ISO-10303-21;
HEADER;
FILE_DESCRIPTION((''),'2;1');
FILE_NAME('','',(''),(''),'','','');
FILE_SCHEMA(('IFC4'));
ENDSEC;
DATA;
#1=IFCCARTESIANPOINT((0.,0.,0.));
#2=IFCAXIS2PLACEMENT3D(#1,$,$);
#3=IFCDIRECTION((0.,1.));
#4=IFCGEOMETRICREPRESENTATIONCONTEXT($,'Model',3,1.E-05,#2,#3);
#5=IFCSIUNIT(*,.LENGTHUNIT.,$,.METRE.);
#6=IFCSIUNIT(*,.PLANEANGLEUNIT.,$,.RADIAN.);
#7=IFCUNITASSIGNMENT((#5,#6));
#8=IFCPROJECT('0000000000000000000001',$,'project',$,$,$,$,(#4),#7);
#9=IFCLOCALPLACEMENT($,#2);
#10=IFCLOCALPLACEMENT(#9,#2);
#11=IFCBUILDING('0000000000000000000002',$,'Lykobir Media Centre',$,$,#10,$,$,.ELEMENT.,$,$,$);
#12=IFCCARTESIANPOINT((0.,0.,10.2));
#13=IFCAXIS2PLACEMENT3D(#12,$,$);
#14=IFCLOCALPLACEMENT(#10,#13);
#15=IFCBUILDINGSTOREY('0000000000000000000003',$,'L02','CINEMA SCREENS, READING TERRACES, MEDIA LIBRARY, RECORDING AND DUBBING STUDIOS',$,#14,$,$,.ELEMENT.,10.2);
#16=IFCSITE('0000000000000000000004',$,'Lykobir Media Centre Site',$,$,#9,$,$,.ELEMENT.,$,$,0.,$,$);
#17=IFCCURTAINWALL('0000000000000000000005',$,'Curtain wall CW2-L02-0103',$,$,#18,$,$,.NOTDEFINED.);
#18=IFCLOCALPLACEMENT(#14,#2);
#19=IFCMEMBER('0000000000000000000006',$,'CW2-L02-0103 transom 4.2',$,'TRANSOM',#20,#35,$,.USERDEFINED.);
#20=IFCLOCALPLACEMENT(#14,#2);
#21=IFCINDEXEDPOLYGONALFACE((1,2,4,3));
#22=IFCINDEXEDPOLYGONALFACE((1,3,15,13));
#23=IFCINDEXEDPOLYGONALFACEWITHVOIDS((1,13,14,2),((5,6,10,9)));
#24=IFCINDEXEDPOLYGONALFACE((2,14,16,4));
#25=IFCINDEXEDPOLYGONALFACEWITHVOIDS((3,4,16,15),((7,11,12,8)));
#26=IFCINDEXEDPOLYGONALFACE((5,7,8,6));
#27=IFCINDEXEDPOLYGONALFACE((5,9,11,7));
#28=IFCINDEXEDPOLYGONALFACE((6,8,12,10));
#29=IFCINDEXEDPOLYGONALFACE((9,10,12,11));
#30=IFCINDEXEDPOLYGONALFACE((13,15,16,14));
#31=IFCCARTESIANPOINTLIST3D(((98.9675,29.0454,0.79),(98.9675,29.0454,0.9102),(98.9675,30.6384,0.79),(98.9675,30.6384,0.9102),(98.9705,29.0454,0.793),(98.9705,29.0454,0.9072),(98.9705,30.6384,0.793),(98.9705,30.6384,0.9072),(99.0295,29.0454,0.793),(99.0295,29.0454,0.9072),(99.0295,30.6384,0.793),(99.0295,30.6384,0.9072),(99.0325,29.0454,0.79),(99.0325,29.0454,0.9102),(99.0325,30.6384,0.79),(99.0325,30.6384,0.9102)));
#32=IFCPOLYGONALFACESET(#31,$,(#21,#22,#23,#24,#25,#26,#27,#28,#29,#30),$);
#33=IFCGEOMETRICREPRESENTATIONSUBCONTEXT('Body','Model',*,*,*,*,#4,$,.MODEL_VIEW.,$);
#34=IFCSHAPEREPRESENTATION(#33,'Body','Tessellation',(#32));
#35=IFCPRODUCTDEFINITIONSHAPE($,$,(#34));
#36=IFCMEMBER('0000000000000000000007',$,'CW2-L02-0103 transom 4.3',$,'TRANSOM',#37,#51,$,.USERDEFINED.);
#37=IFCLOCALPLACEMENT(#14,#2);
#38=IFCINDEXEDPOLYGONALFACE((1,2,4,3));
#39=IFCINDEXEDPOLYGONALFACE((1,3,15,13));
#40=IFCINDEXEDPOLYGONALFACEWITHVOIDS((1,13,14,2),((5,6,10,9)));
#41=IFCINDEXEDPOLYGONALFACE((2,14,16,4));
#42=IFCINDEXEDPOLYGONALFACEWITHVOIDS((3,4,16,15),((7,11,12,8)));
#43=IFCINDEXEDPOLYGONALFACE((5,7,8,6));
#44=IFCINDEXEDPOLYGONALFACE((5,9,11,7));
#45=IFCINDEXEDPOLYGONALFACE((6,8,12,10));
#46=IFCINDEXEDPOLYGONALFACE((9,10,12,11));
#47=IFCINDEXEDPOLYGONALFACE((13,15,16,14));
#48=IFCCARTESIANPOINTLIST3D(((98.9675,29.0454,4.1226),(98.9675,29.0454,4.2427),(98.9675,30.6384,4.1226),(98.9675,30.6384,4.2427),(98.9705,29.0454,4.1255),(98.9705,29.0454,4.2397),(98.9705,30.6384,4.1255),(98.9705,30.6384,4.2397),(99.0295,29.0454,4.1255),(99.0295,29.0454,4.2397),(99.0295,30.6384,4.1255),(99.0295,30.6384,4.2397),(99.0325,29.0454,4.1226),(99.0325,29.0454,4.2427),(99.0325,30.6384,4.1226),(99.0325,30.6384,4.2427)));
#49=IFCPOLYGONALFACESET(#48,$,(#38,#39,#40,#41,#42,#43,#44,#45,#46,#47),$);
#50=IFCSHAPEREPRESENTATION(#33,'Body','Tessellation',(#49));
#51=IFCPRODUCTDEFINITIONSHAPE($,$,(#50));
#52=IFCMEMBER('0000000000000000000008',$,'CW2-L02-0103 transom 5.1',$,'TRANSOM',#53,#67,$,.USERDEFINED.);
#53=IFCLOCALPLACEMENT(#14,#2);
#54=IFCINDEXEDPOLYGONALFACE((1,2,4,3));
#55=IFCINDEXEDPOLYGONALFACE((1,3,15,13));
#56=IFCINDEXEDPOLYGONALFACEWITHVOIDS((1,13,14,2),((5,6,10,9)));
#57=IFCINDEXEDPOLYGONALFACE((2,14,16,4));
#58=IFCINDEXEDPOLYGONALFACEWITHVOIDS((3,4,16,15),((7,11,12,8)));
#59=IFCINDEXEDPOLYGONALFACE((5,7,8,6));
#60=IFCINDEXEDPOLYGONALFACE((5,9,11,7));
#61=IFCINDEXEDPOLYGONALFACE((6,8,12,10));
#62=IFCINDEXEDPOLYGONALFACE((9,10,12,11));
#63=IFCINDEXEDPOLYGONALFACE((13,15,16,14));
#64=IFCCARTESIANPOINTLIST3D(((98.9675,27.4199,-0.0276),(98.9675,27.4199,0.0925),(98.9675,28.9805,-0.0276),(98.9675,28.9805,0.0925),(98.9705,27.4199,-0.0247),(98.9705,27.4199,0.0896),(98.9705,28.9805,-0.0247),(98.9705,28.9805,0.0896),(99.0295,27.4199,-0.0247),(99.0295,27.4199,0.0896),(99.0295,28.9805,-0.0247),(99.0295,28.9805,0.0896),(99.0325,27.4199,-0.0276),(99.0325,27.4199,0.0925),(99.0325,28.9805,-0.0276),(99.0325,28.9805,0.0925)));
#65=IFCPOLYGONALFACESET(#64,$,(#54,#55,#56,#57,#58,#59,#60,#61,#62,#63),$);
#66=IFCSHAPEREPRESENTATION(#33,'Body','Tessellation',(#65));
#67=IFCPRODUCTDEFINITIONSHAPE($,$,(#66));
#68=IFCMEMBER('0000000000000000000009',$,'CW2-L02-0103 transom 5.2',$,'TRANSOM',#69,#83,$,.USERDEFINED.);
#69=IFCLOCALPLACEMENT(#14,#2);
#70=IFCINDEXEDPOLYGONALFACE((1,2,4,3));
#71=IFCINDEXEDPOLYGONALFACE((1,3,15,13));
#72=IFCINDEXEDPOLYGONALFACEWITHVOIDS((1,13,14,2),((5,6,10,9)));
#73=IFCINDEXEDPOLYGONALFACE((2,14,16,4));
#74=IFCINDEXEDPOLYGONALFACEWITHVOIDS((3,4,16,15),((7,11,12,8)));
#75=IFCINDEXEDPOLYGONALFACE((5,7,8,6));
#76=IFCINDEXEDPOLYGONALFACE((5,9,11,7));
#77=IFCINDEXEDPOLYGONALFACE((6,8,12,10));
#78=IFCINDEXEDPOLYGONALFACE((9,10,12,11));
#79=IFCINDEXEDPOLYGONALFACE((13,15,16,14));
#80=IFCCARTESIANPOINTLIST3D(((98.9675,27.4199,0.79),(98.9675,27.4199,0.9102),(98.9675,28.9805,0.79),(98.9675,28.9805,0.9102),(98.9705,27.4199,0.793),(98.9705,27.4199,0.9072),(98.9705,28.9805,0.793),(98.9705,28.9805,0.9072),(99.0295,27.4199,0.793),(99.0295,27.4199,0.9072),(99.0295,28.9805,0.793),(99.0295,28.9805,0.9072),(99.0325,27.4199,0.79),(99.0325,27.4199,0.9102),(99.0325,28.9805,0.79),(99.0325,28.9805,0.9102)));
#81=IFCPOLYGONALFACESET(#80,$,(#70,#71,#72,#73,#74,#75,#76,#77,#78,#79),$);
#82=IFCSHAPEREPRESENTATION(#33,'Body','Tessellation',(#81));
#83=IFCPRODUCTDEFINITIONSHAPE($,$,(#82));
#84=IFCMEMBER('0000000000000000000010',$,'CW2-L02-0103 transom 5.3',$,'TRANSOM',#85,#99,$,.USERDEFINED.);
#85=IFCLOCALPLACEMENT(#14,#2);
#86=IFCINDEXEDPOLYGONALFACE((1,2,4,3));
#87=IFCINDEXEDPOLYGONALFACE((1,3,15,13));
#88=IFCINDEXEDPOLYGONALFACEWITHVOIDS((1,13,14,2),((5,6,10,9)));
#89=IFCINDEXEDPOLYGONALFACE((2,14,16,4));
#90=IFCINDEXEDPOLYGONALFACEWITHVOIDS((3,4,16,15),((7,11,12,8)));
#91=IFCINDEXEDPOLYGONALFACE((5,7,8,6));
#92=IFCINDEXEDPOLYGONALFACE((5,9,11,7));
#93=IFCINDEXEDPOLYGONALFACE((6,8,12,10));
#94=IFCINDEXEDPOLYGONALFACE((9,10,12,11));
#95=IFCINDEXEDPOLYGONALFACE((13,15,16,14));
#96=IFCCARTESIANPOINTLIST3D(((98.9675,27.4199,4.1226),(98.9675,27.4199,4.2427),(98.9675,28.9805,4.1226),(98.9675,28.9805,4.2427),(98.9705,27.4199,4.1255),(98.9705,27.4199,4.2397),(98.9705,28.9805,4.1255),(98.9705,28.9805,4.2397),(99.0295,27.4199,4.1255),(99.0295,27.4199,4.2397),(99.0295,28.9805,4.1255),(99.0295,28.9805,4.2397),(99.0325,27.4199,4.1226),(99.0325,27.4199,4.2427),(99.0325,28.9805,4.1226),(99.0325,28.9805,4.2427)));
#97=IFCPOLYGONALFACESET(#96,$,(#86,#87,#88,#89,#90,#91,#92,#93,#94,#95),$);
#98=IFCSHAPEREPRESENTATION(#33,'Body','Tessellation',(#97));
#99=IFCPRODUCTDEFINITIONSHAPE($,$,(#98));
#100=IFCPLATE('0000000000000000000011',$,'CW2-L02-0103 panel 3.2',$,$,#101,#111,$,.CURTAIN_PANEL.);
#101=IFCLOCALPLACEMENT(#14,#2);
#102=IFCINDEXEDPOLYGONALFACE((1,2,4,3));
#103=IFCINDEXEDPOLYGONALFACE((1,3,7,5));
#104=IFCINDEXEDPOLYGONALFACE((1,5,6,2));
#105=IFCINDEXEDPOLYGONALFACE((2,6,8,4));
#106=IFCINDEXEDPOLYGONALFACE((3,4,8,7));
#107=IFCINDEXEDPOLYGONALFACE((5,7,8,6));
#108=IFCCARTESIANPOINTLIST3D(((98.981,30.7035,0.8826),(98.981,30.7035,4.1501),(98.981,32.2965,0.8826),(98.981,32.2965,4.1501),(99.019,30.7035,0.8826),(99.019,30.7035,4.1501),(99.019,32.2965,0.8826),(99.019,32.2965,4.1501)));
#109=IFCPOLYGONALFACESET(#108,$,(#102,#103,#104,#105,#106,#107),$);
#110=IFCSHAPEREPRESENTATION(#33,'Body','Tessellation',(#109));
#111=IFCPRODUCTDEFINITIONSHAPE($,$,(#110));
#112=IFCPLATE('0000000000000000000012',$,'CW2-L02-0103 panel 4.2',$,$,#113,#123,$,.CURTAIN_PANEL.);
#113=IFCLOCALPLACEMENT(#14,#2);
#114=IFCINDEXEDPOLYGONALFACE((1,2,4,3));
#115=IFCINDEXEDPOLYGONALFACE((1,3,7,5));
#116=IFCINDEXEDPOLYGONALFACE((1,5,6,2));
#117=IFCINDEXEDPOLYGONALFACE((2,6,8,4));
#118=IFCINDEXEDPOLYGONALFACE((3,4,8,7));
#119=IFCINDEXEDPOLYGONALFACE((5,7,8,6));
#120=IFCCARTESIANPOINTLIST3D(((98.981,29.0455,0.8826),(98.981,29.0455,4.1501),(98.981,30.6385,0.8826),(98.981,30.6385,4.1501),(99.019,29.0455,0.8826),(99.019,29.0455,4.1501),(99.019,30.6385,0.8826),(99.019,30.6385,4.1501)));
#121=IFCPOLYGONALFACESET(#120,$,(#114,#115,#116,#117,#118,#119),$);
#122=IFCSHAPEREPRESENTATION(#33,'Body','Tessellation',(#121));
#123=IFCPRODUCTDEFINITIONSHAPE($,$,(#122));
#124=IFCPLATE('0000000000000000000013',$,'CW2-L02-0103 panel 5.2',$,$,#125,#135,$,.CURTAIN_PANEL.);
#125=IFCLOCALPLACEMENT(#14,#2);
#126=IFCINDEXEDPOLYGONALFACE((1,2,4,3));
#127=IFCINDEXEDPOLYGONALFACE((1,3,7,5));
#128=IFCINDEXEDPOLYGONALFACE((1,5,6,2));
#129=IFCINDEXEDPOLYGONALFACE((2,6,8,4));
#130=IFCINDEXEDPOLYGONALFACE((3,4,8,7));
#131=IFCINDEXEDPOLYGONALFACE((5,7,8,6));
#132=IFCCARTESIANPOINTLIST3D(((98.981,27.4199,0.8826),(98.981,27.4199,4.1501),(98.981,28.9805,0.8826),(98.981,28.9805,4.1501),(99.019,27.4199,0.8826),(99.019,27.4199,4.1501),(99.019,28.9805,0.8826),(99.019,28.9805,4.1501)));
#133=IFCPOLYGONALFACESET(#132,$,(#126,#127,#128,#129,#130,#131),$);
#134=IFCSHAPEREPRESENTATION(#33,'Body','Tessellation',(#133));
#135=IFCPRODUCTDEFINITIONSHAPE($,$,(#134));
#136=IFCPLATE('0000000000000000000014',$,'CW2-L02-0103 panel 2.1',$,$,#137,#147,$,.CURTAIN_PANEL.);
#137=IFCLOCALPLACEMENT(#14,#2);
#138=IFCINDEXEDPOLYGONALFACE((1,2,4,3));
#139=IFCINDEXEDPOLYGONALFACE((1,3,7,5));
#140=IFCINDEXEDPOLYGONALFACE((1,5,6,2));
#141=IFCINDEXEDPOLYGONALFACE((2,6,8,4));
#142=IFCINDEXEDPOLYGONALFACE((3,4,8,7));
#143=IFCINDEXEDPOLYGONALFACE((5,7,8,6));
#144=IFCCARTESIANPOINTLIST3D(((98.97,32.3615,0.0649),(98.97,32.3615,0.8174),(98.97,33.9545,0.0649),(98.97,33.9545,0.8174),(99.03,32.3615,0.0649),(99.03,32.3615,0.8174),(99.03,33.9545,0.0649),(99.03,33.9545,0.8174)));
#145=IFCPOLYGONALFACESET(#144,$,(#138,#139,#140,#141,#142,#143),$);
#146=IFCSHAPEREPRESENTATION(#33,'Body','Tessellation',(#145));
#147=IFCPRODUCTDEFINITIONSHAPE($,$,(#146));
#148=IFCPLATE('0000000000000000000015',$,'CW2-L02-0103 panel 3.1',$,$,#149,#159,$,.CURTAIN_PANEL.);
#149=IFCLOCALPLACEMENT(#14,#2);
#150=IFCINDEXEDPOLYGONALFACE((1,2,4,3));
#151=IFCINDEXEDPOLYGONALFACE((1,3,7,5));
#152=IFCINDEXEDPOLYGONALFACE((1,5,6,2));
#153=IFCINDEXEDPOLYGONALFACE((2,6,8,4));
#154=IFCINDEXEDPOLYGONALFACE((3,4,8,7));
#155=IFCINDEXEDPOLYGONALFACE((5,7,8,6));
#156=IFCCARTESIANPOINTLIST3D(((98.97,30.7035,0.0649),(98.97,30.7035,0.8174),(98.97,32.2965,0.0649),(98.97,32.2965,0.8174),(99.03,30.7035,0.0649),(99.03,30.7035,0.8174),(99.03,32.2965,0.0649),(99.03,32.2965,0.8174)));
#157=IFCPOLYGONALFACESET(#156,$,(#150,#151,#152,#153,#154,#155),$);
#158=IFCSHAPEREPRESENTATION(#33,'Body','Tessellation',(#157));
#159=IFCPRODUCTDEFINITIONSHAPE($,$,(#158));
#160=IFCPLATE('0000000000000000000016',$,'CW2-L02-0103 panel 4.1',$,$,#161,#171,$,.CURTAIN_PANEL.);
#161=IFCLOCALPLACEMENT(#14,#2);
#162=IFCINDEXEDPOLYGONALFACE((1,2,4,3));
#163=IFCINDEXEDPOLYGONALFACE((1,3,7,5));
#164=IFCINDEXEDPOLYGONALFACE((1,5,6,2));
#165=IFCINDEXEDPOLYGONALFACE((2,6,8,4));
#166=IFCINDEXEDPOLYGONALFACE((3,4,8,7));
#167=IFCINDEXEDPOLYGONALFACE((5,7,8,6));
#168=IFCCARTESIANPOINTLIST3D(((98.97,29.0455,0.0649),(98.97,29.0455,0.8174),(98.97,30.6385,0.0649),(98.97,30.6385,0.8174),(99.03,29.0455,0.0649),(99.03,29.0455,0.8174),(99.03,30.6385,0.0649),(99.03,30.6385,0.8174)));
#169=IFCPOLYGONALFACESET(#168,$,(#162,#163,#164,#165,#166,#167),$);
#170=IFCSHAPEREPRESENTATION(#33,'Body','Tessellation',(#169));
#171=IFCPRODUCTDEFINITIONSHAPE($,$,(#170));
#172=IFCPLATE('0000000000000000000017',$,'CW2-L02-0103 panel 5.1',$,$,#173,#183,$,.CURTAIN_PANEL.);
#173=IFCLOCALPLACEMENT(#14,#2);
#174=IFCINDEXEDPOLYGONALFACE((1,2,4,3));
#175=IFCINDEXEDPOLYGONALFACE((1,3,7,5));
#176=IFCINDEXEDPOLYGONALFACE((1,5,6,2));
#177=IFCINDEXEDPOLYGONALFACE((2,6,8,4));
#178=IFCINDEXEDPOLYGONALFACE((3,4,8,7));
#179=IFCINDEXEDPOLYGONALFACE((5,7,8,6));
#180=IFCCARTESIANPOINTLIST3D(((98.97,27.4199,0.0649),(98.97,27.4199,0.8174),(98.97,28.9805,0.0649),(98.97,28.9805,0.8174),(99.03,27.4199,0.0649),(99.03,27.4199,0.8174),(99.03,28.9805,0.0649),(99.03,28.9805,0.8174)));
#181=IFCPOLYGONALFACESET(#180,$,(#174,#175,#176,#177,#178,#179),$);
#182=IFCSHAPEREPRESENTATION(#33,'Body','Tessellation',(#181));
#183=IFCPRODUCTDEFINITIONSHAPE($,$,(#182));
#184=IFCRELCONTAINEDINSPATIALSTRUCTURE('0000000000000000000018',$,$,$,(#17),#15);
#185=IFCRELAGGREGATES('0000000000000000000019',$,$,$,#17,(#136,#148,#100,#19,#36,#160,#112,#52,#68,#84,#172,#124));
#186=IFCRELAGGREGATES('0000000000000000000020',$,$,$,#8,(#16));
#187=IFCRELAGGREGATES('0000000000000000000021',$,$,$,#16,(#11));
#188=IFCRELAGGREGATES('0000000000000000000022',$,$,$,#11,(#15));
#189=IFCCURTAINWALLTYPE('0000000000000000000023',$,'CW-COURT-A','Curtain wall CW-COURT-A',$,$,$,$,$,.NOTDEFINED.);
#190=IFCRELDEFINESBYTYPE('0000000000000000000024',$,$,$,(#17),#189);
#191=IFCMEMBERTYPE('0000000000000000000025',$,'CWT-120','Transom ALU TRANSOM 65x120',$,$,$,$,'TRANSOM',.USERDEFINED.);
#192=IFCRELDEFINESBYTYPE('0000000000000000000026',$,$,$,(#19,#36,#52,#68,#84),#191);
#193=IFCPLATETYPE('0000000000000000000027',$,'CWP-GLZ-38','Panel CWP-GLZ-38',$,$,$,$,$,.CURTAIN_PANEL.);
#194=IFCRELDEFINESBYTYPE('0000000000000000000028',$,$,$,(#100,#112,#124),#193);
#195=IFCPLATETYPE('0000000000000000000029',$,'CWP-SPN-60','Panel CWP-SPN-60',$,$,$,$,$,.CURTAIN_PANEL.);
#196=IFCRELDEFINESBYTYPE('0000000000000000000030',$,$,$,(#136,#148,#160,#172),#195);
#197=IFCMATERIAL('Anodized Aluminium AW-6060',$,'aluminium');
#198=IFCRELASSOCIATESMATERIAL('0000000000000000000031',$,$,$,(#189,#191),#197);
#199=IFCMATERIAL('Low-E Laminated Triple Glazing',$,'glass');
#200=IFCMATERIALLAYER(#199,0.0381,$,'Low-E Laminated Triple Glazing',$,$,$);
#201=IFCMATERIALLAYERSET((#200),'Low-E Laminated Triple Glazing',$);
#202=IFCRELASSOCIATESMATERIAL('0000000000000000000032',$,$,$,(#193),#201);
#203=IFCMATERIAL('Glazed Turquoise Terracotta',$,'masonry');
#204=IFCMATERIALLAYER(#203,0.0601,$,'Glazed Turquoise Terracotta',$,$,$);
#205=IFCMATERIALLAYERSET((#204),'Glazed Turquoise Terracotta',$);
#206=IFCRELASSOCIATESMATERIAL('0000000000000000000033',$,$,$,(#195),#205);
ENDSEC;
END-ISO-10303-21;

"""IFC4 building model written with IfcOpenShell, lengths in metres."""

from ifc_helpers import new_model, si_unit, direction, frame, origin, origin_2d, place, context, subcontext, project, spatial, rectangle, hollow_rectangle, extrude, material, layer, layer_set, material_profile, profile_set, type_object, element, aggregate, save


model = new_model("IFC4")

# Units and contexts
model_context = context("Model", 3, precision=1e-05, world=origin(), true_north=direction((0.0, 1.0)))
body_context = subcontext(model_context, "Body", "Model", "MODEL_VIEW")
ifc_project = project(units=[si_unit("LENGTHUNIT", "METRE"), si_unit("PLANEANGLEUNIT", "RADIAN")], contexts=[model_context])

# Site, building, storey
site_placement = place(None, origin())
site = spatial("IfcSite", under=ifc_project, at=site_placement, Name="Lykobir Media Centre Site", CompositionType="ELEMENT", RefElevation=0.0)
building_placement = place(site_placement, origin())
building = spatial("IfcBuilding", under=site, at=building_placement, Name="Lykobir Media Centre", CompositionType="ELEMENT")
storey_placement = place(building_placement, frame((0.0, 0.0, 10.2)))
storey = spatial("IfcBuildingStorey", under=building, at=storey_placement, Name="L02", Description="CINEMA SCREENS, READING TERRACES, MEDIA LIBRARY, RECORDING AND DUBBING STUDIOS", CompositionType="ELEMENT", Elevation=10.2)

# Curtain wall, members, plates
ifc_material_1 = material(Name="Anodized Aluminium AW-6060", Category="aluminium")
curtain_wall_type = type_object("IfcCurtainWallType", Name="CW-COURT-A", Description="Curtain wall CW-COURT-A", PredefinedType="NOTDEFINED", material=ifc_material_1)
curtain_wall_placement = place(storey_placement, origin())
curtain_wall = element("IfcCurtainWall", 1, at=curtain_wall_placement, inside=storey, type_object=curtain_wall_type, Name="Curtain wall CW2-L02-0103", PredefinedType="NOTDEFINED")
ifc_material_profile_1 = material_profile(ifc_material_1, hollow_rectangle(XDim=0.0649, YDim=0.1201, WallThickness=0.0029, at=origin_2d()), Name="ALU TRANSOM 65x120")
ifc_profile_set_1 = profile_set([ifc_material_profile_1], Name="Anodized Aluminium AW-6060")
member_type_1 = type_object("IfcMemberType", Name="CWT-120", Description="Transom ALU TRANSOM 65x120", ElementType="TRANSOM", PredefinedType="USERDEFINED", material=ifc_profile_set_1)
member_1_placement = place(storey_placement, frame((99.0, 30.6384, 0.8501), z_axis=(0.0, -1.0, 0.0), x_axis=(1.0, 0.0, 0.0)))
member_1 = element("IfcMember", 2, at=member_1_placement, type_object=member_type_1, Name="CW2-L02-0103 transom 4.2", ObjectType="TRANSOM", PredefinedType="USERDEFINED", context=body_context, shape_type="SweptSolid", body=[
    extrude(hollow_rectangle(XDim=0.0649, YDim=0.1201, WallThickness=0.0029, at=origin_2d()), origin(), (0.0, 0.0, 1.0), 1.593),
])
member_2_placement = place(storey_placement, frame((99.0, 30.6384, 4.1826), z_axis=(0.0, -1.0, 0.0), x_axis=(1.0, 0.0, 0.0)))
member_2 = element("IfcMember", 3, at=member_2_placement, type_object=member_type_1, Name="CW2-L02-0103 transom 4.3", ObjectType="TRANSOM", PredefinedType="USERDEFINED", context=body_context, shape_type="SweptSolid", body=[
    extrude(hollow_rectangle(XDim=0.0649, YDim=0.1201, WallThickness=0.0029, at=origin_2d()), origin(), (0.0, 0.0, 1.0), 1.593),
])
member_3_placement = place(storey_placement, frame((99.0, 28.9805, 0.0325), z_axis=(0.0, -1.0, 0.0), x_axis=(1.0, 0.0, 0.0)))
member_3 = element("IfcMember", 4, at=member_3_placement, type_object=member_type_1, Name="CW2-L02-0103 transom 5.1", ObjectType="TRANSOM", PredefinedType="USERDEFINED", context=body_context, shape_type="SweptSolid", body=[
    extrude(hollow_rectangle(XDim=0.0649, YDim=0.1201, WallThickness=0.0029, at=origin_2d()), origin(), (0.0, 0.0, 1.0), 1.5605),
])
member_4_placement = place(storey_placement, frame((99.0, 28.9805, 0.8501), z_axis=(0.0, -1.0, 0.0), x_axis=(1.0, 0.0, 0.0)))
member_4 = element("IfcMember", 5, at=member_4_placement, type_object=member_type_1, Name="CW2-L02-0103 transom 5.2", ObjectType="TRANSOM", PredefinedType="USERDEFINED", context=body_context, shape_type="SweptSolid", body=[
    extrude(hollow_rectangle(XDim=0.0649, YDim=0.1201, WallThickness=0.0029, at=origin_2d()), origin(), (0.0, 0.0, 1.0), 1.5605),
])
member_5_placement = place(storey_placement, frame((99.0, 28.9805, 4.1826), z_axis=(0.0, -1.0, 0.0), x_axis=(1.0, 0.0, 0.0)))
member_5 = element("IfcMember", 6, at=member_5_placement, type_object=member_type_1, Name="CW2-L02-0103 transom 5.3", ObjectType="TRANSOM", PredefinedType="USERDEFINED", context=body_context, shape_type="SweptSolid", body=[
    extrude(hollow_rectangle(XDim=0.0649, YDim=0.1201, WallThickness=0.0029, at=origin_2d()), origin(), (0.0, 0.0, 1.0), 1.5605),
])
ifc_material_2 = material(Name="Low-E Laminated Triple Glazing", Category="glass")
ifc_layer_1 = layer(ifc_material_2, 0.0381, Name="Low-E Laminated Triple Glazing")
ifc_layer_set_1 = layer_set([ifc_layer_1], Name="Low-E Laminated Triple Glazing")
plate_type_1 = type_object("IfcPlateType", Name="CWP-GLZ-38", Description="Panel CWP-GLZ-38", PredefinedType="CURTAIN_PANEL", material=ifc_layer_set_1)
plate_1_placement = place(storey_placement, frame((99.0, 31.5, 0.8826), z_axis=(0.0, 0.0, 1.0), x_axis=(0.0, -1.0, 0.0)))
plate_1 = element("IfcPlate", 7, at=plate_1_placement, type_object=plate_type_1, Name="CW2-L02-0103 panel 3.2", PredefinedType="CURTAIN_PANEL", context=body_context, shape_type="SweptSolid", body=[
    extrude(rectangle(XDim=1.593, YDim=0.0381, at=origin_2d()), origin(), (0.0, 0.0, 1.0), 3.2676),
])
plate_2_placement = place(storey_placement, frame((99.0, 29.842, 0.8826), z_axis=(0.0, 0.0, 1.0), x_axis=(0.0, -1.0, 0.0)))
plate_2 = element("IfcPlate", 8, at=plate_2_placement, type_object=plate_type_1, Name="CW2-L02-0103 panel 4.2", PredefinedType="CURTAIN_PANEL", context=body_context, shape_type="SweptSolid", body=[
    extrude(rectangle(XDim=1.593, YDim=0.0381, at=origin_2d()), origin(), (0.0, 0.0, 1.0), 3.2676),
])
plate_3_placement = place(storey_placement, frame((99.0, 28.2002, 0.8826), z_axis=(0.0, 0.0, 1.0), x_axis=(0.0, -1.0, 0.0)))
plate_3 = element("IfcPlate", 9, at=plate_3_placement, type_object=plate_type_1, Name="CW2-L02-0103 panel 5.2", PredefinedType="CURTAIN_PANEL", context=body_context, shape_type="SweptSolid", body=[
    extrude(rectangle(XDim=1.5605, YDim=0.0381, at=origin_2d()), origin(), (0.0, 0.0, 1.0), 3.2676),
])
ifc_material_3 = material(Name="Glazed Turquoise Terracotta", Category="masonry")
ifc_layer_2 = layer(ifc_material_3, 0.0601, Name="Glazed Turquoise Terracotta")
ifc_layer_set_2 = layer_set([ifc_layer_2], Name="Glazed Turquoise Terracotta")
plate_type_2 = type_object("IfcPlateType", Name="CWP-SPN-60", Description="Panel CWP-SPN-60", PredefinedType="CURTAIN_PANEL", material=ifc_layer_set_2)
plate_4_placement = place(storey_placement, frame((99.0, 33.158, 0.0649), z_axis=(0.0, 0.0, 1.0), x_axis=(0.0, -1.0, 0.0)))
plate_4 = element("IfcPlate", 10, at=plate_4_placement, type_object=plate_type_2, Name="CW2-L02-0103 panel 2.1", PredefinedType="CURTAIN_PANEL", context=body_context, shape_type="SweptSolid", body=[
    extrude(rectangle(XDim=1.593, YDim=0.0601, at=origin_2d()), origin(), (0.0, 0.0, 1.0), 0.7524),
])
plate_5_placement = place(storey_placement, frame((99.0, 31.5, 0.0649), z_axis=(0.0, 0.0, 1.0), x_axis=(0.0, -1.0, 0.0)))
plate_5 = element("IfcPlate", 11, at=plate_5_placement, type_object=plate_type_2, Name="CW2-L02-0103 panel 3.1", PredefinedType="CURTAIN_PANEL", context=body_context, shape_type="SweptSolid", body=[
    extrude(rectangle(XDim=1.593, YDim=0.0601, at=origin_2d()), origin(), (0.0, 0.0, 1.0), 0.7524),
])
plate_6_placement = place(storey_placement, frame((99.0, 29.842, 0.0649), z_axis=(0.0, 0.0, 1.0), x_axis=(0.0, -1.0, 0.0)))
plate_6 = element("IfcPlate", 12, at=plate_6_placement, type_object=plate_type_2, Name="CW2-L02-0103 panel 4.1", PredefinedType="CURTAIN_PANEL", context=body_context, shape_type="SweptSolid", body=[
    extrude(rectangle(XDim=1.593, YDim=0.0601, at=origin_2d()), origin(), (0.0, 0.0, 1.0), 0.7524),
])
plate_7_placement = place(storey_placement, frame((99.0, 28.2002, 0.0649), z_axis=(0.0, 0.0, 1.0), x_axis=(0.0, -1.0, 0.0)))
plate_7 = element("IfcPlate", 13, at=plate_7_placement, type_object=plate_type_2, Name="CW2-L02-0103 panel 5.1", PredefinedType="CURTAIN_PANEL", context=body_context, shape_type="SweptSolid", body=[
    extrude(rectangle(XDim=1.5605, YDim=0.0601, at=origin_2d()), origin(), (0.0, 0.0, 1.0), 0.7524),
])
aggregate(curtain_wall, [plate_4, plate_5, plate_1, member_1, member_2, plate_6, plate_2, member_3, member_4, member_5, plate_7, plate_3])

save(model, "model.ifc")
